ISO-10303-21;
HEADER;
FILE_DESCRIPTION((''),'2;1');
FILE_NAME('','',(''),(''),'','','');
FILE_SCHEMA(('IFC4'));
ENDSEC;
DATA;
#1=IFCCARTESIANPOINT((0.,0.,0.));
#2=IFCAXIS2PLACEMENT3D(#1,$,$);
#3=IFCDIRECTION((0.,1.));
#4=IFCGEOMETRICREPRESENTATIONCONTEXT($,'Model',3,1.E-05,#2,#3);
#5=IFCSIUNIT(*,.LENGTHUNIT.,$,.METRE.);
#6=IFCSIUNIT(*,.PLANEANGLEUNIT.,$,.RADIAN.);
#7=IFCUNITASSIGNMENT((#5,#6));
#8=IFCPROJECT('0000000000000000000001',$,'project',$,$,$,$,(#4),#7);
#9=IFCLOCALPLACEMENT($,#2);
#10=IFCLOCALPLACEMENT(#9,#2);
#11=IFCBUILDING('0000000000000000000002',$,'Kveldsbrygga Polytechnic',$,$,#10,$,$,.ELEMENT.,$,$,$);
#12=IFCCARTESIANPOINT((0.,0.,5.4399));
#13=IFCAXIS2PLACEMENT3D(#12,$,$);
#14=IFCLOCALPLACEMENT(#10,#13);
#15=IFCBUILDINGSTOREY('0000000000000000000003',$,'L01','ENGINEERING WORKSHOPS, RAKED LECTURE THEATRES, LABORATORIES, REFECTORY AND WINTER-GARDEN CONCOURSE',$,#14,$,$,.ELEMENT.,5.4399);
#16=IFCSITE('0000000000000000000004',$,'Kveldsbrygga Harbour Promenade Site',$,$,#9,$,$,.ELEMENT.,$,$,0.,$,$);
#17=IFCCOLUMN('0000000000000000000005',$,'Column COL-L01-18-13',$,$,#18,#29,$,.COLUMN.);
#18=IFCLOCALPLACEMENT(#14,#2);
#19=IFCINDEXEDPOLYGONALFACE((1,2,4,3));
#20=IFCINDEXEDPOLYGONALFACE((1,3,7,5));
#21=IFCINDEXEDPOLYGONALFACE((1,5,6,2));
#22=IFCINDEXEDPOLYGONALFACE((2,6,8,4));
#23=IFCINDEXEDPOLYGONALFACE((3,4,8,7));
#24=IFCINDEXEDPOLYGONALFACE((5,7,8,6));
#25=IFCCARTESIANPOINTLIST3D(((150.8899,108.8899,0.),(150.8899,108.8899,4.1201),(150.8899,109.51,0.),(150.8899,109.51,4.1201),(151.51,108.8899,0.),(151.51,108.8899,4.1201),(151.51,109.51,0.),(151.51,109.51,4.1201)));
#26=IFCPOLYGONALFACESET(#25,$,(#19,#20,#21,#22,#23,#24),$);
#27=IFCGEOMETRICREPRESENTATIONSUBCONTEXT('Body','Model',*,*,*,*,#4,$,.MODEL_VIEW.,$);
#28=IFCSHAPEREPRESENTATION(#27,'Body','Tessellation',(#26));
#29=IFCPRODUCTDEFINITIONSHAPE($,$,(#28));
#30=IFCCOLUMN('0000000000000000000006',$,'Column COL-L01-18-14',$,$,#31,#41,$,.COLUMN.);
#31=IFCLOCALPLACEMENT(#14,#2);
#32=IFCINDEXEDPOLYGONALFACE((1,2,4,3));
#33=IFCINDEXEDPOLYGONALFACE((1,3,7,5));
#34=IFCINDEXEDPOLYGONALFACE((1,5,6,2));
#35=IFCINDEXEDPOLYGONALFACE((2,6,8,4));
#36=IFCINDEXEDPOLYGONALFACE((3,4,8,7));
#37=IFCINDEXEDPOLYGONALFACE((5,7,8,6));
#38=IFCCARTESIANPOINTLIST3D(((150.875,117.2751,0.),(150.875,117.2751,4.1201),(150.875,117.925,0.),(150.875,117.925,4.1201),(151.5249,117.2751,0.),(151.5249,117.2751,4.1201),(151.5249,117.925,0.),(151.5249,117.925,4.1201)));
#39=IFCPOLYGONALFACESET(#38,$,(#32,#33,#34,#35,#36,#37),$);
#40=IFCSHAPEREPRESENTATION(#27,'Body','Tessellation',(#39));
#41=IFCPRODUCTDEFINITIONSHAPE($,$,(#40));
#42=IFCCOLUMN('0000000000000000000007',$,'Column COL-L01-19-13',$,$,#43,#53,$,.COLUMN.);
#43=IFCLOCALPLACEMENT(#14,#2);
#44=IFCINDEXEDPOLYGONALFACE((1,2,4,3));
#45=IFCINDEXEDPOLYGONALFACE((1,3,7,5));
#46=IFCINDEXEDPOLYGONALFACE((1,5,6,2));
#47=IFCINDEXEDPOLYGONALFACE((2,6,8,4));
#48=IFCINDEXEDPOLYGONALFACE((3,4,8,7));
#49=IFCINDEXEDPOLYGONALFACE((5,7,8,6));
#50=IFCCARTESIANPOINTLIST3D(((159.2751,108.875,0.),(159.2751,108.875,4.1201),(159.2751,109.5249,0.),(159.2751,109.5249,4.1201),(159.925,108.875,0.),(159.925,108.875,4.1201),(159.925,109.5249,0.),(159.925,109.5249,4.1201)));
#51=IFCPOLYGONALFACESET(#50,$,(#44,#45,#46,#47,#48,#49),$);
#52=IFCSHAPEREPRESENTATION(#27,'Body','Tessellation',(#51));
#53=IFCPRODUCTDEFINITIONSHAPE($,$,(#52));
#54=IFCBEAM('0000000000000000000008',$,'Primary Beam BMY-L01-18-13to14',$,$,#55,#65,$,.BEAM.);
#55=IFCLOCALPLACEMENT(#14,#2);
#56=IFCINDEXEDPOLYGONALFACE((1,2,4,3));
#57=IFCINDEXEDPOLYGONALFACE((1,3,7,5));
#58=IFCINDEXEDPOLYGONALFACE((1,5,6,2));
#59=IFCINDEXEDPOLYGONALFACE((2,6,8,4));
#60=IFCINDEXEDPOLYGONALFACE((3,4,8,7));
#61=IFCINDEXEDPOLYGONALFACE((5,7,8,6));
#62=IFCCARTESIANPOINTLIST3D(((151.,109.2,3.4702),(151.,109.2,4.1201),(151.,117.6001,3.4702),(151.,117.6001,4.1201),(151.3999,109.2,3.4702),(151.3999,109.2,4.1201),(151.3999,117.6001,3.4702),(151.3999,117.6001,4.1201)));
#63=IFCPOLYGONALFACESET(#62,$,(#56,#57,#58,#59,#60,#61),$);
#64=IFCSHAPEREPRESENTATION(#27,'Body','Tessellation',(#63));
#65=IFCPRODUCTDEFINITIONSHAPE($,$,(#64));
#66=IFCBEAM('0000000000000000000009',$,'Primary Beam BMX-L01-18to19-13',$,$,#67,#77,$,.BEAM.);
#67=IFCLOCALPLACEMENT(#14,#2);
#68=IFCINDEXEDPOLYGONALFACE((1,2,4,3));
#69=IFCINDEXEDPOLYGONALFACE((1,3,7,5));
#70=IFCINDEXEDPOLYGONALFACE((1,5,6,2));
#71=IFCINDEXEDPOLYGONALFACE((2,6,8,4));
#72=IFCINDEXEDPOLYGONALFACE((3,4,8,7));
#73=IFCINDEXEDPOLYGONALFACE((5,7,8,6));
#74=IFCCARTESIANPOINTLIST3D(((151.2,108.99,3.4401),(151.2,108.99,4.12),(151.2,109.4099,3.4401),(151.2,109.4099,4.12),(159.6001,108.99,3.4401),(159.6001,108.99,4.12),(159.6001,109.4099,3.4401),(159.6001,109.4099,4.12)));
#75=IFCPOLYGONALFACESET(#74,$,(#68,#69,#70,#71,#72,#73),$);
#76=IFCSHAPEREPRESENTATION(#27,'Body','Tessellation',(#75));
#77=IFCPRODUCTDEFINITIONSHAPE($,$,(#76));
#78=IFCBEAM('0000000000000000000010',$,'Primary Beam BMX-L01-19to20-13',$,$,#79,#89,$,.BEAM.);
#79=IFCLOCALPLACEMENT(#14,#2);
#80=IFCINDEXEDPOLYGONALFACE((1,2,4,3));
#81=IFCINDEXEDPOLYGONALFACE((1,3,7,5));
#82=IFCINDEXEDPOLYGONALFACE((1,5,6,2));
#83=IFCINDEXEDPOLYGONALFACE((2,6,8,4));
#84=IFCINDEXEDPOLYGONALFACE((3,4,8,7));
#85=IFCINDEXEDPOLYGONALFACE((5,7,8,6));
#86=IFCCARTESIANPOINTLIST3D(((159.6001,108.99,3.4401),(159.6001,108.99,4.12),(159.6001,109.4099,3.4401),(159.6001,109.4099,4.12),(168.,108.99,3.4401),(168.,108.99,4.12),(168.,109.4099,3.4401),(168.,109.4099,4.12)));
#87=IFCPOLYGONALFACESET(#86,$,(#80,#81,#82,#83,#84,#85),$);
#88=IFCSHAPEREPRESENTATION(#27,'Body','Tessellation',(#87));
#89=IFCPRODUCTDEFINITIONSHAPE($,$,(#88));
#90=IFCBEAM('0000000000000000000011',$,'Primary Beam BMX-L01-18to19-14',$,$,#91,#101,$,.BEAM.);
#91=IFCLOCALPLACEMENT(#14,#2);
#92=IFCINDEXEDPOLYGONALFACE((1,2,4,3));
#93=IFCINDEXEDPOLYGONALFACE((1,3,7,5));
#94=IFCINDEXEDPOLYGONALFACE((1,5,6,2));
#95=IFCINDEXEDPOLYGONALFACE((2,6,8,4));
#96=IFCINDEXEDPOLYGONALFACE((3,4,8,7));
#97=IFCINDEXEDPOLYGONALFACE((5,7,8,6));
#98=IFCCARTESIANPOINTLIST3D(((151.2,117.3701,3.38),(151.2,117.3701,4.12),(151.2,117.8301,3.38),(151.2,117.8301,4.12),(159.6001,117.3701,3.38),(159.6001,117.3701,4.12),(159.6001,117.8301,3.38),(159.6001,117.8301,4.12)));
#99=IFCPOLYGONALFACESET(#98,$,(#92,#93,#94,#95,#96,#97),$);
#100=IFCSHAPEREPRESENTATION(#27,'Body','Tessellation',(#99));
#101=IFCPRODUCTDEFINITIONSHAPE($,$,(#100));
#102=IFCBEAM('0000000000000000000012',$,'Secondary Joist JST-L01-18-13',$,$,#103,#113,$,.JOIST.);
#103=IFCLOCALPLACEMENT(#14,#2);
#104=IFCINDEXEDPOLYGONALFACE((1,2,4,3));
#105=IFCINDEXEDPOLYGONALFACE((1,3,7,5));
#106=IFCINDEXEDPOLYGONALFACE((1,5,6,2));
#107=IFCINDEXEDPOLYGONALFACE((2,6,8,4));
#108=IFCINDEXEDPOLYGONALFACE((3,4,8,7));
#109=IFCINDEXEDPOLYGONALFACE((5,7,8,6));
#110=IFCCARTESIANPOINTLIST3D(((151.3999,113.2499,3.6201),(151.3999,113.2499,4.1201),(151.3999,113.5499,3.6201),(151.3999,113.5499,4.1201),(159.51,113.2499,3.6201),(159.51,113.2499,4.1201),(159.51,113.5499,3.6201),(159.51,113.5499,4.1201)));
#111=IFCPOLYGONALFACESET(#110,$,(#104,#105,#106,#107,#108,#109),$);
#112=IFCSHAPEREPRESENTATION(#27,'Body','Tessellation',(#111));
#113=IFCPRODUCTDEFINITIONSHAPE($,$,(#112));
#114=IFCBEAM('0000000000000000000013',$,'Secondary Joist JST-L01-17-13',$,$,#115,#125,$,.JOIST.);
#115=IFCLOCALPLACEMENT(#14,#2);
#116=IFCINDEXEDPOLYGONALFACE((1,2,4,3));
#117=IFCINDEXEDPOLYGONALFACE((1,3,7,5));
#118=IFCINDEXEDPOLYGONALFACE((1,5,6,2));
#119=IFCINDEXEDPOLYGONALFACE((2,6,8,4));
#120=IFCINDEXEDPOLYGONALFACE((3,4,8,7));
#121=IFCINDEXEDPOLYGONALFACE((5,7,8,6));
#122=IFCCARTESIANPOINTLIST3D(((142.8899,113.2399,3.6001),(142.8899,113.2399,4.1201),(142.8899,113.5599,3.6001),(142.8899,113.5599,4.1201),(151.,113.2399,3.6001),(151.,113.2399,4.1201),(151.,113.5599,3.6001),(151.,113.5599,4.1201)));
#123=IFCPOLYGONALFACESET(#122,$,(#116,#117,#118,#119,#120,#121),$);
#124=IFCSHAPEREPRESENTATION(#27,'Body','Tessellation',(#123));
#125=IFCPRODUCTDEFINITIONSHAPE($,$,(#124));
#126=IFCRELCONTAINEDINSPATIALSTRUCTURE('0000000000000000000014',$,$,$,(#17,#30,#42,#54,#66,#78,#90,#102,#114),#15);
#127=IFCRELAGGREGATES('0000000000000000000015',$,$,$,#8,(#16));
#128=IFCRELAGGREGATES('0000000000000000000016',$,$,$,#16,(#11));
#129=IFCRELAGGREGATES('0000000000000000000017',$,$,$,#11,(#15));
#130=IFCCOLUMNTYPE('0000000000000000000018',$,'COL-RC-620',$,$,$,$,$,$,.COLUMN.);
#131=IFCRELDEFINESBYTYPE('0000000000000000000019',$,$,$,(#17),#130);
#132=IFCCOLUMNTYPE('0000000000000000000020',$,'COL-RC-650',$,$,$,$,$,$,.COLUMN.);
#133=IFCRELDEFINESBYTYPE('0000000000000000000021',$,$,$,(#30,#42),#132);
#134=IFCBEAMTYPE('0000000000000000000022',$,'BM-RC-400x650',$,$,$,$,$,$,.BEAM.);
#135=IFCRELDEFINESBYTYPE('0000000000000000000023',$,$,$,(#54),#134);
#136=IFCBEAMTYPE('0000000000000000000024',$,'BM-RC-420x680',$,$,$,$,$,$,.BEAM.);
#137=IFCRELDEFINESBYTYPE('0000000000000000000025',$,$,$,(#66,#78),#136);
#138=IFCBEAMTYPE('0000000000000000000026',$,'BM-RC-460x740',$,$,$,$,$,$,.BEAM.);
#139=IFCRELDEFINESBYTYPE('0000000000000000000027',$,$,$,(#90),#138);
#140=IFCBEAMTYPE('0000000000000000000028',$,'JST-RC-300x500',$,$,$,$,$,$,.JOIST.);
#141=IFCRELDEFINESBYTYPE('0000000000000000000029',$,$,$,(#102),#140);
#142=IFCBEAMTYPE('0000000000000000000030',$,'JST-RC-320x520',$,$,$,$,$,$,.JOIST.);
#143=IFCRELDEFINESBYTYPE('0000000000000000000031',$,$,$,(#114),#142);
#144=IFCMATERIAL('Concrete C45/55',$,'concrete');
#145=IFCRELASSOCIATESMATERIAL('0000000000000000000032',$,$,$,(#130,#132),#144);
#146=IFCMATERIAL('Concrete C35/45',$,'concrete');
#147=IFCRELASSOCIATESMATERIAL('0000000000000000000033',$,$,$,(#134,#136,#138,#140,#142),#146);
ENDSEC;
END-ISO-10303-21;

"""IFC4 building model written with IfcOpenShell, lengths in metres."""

from ifc_helpers import new_model, si_unit, direction, frame, origin, origin_2d, place, context, subcontext, project, spatial, rectangle, extrude, material, material_profile, profile_set, type_object, element, save


model = new_model("IFC4")

# Units and contexts
model_context = context("Model", 3, precision=1e-05, world=origin(), true_north=direction((0.0, 1.0)))
body_context = subcontext(model_context, "Body", "Model", "MODEL_VIEW")
ifc_project = project(units=[si_unit("LENGTHUNIT", "METRE"), si_unit("PLANEANGLEUNIT", "RADIAN")], contexts=[model_context])

# Site, building, storey
site_placement = place(None, origin())
site = spatial("IfcSite", under=ifc_project, at=site_placement, Name="Kveldsbrygga Harbour Promenade Site", CompositionType="ELEMENT", RefElevation=0.0)
building_placement = place(site_placement, origin())
building = spatial("IfcBuilding", under=site, at=building_placement, Name="Kveldsbrygga Polytechnic", CompositionType="ELEMENT")
storey_placement = place(building_placement, frame((0.0, 0.0, 5.4399)))
storey = spatial("IfcBuildingStorey", under=building, at=storey_placement, Name="L01", Description="ENGINEERING WORKSHOPS, RAKED LECTURE THEATRES, LABORATORIES, REFECTORY AND WINTER-GARDEN CONCOURSE", CompositionType="ELEMENT", Elevation=5.4399)

# Columns
ifc_material_1 = material(Name="Concrete C45/55", Category="concrete")
ifc_material_profile_1 = material_profile(ifc_material_1, rectangle(XDim=0.6201, YDim=0.6201, at=origin_2d()), Name="RC 620x620")
ifc_profile_set_1 = profile_set([ifc_material_profile_1], Name="Concrete C45/55")
column_type_1 = type_object("IfcColumnType", Name="COL-RC-620", PredefinedType="COLUMN", material=ifc_profile_set_1)
column_placement = place(storey_placement, frame((151.2, 109.2, 0.0), z_axis=(0.0, 0.0, 1.0), x_axis=(1.0, 0.0, 0.0)))
element("IfcColumn", 1, at=column_placement, inside=storey, type_object=column_type_1, Name="Column COL-L01-18-13", PredefinedType="COLUMN", context=body_context, shape_type="SweptSolid", body=[
    extrude(rectangle(XDim=0.6201, YDim=0.6201, at=origin_2d()), origin(), (0.0, 0.0, 1.0), 4.1201),
])
ifc_material_profile_2 = material_profile(ifc_material_1, rectangle(XDim=0.6499, YDim=0.6499, at=origin_2d()), Name="RC 650x650")
ifc_profile_set_2 = profile_set([ifc_material_profile_2], Name="Concrete C45/55")
column_type_2 = type_object("IfcColumnType", Name="COL-RC-650", PredefinedType="COLUMN", material=ifc_profile_set_2)
for number, where, z_axis, x_axis, name in (
    (2, (151.2, 117.6001, 0.0), (0.0, 0.0, 1.0), (1.0, 0.0, 0.0), "Column COL-L01-18-14"),
    (3, (159.6001, 109.2, 0.0), (0.0, 0.0, 1.0), (1.0, 0.0, 0.0), "Column COL-L01-19-13"),
):
    element("IfcColumn", number, at=place(storey_placement, frame(where, z_axis=z_axis, x_axis=x_axis)), inside=storey, type_object=column_type_2, Name=name, PredefinedType="COLUMN", context=body_context, shape_type="SweptSolid", body=[
        extrude(rectangle(XDim=0.6499, YDim=0.6499, at=origin_2d()), origin(), (0.0, 0.0, 1.0), 4.1201),
    ])

# Beams
ifc_material_2 = material(Name="Concrete C35/45", Category="concrete")
ifc_material_profile_3 = material_profile(ifc_material_2, rectangle(XDim=0.3999, YDim=0.6499, at=origin_2d()), Name="RC 400x650")
ifc_profile_set_3 = profile_set([ifc_material_profile_3], Name="Concrete C35/45")
beam_type_1 = type_object("IfcBeamType", Name="BM-RC-400x650", PredefinedType="BEAM", material=ifc_profile_set_3)
beam_1_placement = place(storey_placement, frame((151.2, 109.2, 3.7952), z_axis=(0.0, 1.0, 0.0), x_axis=(-1.0, 0.0, 0.0)))
element("IfcBeam", 4, at=beam_1_placement, inside=storey, type_object=beam_type_1, Name="Primary Beam BMY-L01-18-13to14", PredefinedType="BEAM", context=body_context, shape_type="SweptSolid", body=[
    extrude(rectangle(XDim=0.3999, YDim=0.6499, at=origin_2d()), origin(), (0.0, 0.0, 1.0), 8.4001),
])
ifc_material_profile_4 = material_profile(ifc_material_2, rectangle(XDim=0.4199, YDim=0.6799, at=origin_2d()), Name="RC 420x680")
ifc_profile_set_4 = profile_set([ifc_material_profile_4], Name="Concrete C35/45")
beam_type_2 = type_object("IfcBeamType", Name="BM-RC-420x680", PredefinedType="BEAM", material=ifc_profile_set_4)
beam_2_placement = place(storey_placement, frame((151.2, 109.2, 3.78), z_axis=(1.0, 0.0, 0.0), x_axis=(0.0, 1.0, 0.0)))
element("IfcBeam", 5, at=beam_2_placement, inside=storey, type_object=beam_type_2, Name="Primary Beam BMX-L01-18to19-13", PredefinedType="BEAM", context=body_context, shape_type="SweptSolid", body=[
    extrude(rectangle(XDim=0.4199, YDim=0.6799, at=origin_2d()), origin(), (0.0, 0.0, 1.0), 8.4001),
])
beam_3_placement = place(storey_placement, frame((159.6001, 109.2, 3.78), z_axis=(1.0, 0.0, 0.0), x_axis=(0.0, 1.0, 0.0)))
element("IfcBeam", 6, at=beam_3_placement, inside=storey, type_object=beam_type_2, Name="Primary Beam BMX-L01-19to20-13", PredefinedType="BEAM", context=body_context, shape_type="SweptSolid", body=[
    extrude(rectangle(XDim=0.4199, YDim=0.6799, at=origin_2d()), origin(), (0.0, 0.0, 1.0), 8.3999),
])
ifc_material_profile_5 = material_profile(ifc_material_2, rectangle(XDim=0.46, YDim=0.74, at=origin_2d()), Name="RC 460x740")
ifc_profile_set_5 = profile_set([ifc_material_profile_5], Name="Concrete C35/45")
beam_type_3 = type_object("IfcBeamType", Name="BM-RC-460x740", PredefinedType="BEAM", material=ifc_profile_set_5)
beam_4_placement = place(storey_placement, frame((151.2, 117.6001, 3.75), z_axis=(1.0, 0.0, 0.0), x_axis=(0.0, 1.0, 0.0)))
element("IfcBeam", 7, at=beam_4_placement, inside=storey, type_object=beam_type_3, Name="Primary Beam BMX-L01-18to19-14", PredefinedType="BEAM", context=body_context, shape_type="SweptSolid", body=[
    extrude(rectangle(XDim=0.46, YDim=0.74, at=origin_2d()), origin(), (0.0, 0.0, 1.0), 8.4001),
])
ifc_material_profile_6 = material_profile(ifc_material_2, rectangle(XDim=0.3, YDim=0.5, at=origin_2d()), Name="RC 300x500")
ifc_profile_set_6 = profile_set([ifc_material_profile_6], Name="Concrete C35/45")
beam_type_4 = type_object("IfcBeamType", Name="JST-RC-300x500", PredefinedType="JOIST", material=ifc_profile_set_6)
beam_5_placement = place(storey_placement, frame((151.3999, 113.3999, 3.8701), z_axis=(1.0, 0.0, 0.0), x_axis=(0.0, 1.0, 0.0)))
element("IfcBeam", 8, at=beam_5_placement, inside=storey, type_object=beam_type_4, Name="Secondary Joist JST-L01-18-13", PredefinedType="JOIST", context=body_context, shape_type="SweptSolid", body=[
    extrude(rectangle(XDim=0.3, YDim=0.5, at=origin_2d()), origin(), (0.0, 0.0, 1.0), 8.1101),
])
ifc_material_profile_7 = material_profile(ifc_material_2, rectangle(XDim=0.3201, YDim=0.52, at=origin_2d()), Name="RC 320x520")
ifc_profile_set_7 = profile_set([ifc_material_profile_7], Name="Concrete C35/45")
beam_type_5 = type_object("IfcBeamType", Name="JST-RC-320x520", PredefinedType="JOIST", material=ifc_profile_set_7)
beam_6_placement = place(storey_placement, frame((142.8899, 113.3999, 3.8601), z_axis=(1.0, 0.0, 0.0), x_axis=(0.0, 1.0, 0.0)))
element("IfcBeam", 9, at=beam_6_placement, inside=storey, type_object=beam_type_5, Name="Secondary Joist JST-L01-17-13", PredefinedType="JOIST", context=body_context, shape_type="SweptSolid", body=[
    extrude(rectangle(XDim=0.3201, YDim=0.52, at=origin_2d()), origin(), (0.0, 0.0, 1.0), 8.1101),
])

save(model, "model.ifc")
